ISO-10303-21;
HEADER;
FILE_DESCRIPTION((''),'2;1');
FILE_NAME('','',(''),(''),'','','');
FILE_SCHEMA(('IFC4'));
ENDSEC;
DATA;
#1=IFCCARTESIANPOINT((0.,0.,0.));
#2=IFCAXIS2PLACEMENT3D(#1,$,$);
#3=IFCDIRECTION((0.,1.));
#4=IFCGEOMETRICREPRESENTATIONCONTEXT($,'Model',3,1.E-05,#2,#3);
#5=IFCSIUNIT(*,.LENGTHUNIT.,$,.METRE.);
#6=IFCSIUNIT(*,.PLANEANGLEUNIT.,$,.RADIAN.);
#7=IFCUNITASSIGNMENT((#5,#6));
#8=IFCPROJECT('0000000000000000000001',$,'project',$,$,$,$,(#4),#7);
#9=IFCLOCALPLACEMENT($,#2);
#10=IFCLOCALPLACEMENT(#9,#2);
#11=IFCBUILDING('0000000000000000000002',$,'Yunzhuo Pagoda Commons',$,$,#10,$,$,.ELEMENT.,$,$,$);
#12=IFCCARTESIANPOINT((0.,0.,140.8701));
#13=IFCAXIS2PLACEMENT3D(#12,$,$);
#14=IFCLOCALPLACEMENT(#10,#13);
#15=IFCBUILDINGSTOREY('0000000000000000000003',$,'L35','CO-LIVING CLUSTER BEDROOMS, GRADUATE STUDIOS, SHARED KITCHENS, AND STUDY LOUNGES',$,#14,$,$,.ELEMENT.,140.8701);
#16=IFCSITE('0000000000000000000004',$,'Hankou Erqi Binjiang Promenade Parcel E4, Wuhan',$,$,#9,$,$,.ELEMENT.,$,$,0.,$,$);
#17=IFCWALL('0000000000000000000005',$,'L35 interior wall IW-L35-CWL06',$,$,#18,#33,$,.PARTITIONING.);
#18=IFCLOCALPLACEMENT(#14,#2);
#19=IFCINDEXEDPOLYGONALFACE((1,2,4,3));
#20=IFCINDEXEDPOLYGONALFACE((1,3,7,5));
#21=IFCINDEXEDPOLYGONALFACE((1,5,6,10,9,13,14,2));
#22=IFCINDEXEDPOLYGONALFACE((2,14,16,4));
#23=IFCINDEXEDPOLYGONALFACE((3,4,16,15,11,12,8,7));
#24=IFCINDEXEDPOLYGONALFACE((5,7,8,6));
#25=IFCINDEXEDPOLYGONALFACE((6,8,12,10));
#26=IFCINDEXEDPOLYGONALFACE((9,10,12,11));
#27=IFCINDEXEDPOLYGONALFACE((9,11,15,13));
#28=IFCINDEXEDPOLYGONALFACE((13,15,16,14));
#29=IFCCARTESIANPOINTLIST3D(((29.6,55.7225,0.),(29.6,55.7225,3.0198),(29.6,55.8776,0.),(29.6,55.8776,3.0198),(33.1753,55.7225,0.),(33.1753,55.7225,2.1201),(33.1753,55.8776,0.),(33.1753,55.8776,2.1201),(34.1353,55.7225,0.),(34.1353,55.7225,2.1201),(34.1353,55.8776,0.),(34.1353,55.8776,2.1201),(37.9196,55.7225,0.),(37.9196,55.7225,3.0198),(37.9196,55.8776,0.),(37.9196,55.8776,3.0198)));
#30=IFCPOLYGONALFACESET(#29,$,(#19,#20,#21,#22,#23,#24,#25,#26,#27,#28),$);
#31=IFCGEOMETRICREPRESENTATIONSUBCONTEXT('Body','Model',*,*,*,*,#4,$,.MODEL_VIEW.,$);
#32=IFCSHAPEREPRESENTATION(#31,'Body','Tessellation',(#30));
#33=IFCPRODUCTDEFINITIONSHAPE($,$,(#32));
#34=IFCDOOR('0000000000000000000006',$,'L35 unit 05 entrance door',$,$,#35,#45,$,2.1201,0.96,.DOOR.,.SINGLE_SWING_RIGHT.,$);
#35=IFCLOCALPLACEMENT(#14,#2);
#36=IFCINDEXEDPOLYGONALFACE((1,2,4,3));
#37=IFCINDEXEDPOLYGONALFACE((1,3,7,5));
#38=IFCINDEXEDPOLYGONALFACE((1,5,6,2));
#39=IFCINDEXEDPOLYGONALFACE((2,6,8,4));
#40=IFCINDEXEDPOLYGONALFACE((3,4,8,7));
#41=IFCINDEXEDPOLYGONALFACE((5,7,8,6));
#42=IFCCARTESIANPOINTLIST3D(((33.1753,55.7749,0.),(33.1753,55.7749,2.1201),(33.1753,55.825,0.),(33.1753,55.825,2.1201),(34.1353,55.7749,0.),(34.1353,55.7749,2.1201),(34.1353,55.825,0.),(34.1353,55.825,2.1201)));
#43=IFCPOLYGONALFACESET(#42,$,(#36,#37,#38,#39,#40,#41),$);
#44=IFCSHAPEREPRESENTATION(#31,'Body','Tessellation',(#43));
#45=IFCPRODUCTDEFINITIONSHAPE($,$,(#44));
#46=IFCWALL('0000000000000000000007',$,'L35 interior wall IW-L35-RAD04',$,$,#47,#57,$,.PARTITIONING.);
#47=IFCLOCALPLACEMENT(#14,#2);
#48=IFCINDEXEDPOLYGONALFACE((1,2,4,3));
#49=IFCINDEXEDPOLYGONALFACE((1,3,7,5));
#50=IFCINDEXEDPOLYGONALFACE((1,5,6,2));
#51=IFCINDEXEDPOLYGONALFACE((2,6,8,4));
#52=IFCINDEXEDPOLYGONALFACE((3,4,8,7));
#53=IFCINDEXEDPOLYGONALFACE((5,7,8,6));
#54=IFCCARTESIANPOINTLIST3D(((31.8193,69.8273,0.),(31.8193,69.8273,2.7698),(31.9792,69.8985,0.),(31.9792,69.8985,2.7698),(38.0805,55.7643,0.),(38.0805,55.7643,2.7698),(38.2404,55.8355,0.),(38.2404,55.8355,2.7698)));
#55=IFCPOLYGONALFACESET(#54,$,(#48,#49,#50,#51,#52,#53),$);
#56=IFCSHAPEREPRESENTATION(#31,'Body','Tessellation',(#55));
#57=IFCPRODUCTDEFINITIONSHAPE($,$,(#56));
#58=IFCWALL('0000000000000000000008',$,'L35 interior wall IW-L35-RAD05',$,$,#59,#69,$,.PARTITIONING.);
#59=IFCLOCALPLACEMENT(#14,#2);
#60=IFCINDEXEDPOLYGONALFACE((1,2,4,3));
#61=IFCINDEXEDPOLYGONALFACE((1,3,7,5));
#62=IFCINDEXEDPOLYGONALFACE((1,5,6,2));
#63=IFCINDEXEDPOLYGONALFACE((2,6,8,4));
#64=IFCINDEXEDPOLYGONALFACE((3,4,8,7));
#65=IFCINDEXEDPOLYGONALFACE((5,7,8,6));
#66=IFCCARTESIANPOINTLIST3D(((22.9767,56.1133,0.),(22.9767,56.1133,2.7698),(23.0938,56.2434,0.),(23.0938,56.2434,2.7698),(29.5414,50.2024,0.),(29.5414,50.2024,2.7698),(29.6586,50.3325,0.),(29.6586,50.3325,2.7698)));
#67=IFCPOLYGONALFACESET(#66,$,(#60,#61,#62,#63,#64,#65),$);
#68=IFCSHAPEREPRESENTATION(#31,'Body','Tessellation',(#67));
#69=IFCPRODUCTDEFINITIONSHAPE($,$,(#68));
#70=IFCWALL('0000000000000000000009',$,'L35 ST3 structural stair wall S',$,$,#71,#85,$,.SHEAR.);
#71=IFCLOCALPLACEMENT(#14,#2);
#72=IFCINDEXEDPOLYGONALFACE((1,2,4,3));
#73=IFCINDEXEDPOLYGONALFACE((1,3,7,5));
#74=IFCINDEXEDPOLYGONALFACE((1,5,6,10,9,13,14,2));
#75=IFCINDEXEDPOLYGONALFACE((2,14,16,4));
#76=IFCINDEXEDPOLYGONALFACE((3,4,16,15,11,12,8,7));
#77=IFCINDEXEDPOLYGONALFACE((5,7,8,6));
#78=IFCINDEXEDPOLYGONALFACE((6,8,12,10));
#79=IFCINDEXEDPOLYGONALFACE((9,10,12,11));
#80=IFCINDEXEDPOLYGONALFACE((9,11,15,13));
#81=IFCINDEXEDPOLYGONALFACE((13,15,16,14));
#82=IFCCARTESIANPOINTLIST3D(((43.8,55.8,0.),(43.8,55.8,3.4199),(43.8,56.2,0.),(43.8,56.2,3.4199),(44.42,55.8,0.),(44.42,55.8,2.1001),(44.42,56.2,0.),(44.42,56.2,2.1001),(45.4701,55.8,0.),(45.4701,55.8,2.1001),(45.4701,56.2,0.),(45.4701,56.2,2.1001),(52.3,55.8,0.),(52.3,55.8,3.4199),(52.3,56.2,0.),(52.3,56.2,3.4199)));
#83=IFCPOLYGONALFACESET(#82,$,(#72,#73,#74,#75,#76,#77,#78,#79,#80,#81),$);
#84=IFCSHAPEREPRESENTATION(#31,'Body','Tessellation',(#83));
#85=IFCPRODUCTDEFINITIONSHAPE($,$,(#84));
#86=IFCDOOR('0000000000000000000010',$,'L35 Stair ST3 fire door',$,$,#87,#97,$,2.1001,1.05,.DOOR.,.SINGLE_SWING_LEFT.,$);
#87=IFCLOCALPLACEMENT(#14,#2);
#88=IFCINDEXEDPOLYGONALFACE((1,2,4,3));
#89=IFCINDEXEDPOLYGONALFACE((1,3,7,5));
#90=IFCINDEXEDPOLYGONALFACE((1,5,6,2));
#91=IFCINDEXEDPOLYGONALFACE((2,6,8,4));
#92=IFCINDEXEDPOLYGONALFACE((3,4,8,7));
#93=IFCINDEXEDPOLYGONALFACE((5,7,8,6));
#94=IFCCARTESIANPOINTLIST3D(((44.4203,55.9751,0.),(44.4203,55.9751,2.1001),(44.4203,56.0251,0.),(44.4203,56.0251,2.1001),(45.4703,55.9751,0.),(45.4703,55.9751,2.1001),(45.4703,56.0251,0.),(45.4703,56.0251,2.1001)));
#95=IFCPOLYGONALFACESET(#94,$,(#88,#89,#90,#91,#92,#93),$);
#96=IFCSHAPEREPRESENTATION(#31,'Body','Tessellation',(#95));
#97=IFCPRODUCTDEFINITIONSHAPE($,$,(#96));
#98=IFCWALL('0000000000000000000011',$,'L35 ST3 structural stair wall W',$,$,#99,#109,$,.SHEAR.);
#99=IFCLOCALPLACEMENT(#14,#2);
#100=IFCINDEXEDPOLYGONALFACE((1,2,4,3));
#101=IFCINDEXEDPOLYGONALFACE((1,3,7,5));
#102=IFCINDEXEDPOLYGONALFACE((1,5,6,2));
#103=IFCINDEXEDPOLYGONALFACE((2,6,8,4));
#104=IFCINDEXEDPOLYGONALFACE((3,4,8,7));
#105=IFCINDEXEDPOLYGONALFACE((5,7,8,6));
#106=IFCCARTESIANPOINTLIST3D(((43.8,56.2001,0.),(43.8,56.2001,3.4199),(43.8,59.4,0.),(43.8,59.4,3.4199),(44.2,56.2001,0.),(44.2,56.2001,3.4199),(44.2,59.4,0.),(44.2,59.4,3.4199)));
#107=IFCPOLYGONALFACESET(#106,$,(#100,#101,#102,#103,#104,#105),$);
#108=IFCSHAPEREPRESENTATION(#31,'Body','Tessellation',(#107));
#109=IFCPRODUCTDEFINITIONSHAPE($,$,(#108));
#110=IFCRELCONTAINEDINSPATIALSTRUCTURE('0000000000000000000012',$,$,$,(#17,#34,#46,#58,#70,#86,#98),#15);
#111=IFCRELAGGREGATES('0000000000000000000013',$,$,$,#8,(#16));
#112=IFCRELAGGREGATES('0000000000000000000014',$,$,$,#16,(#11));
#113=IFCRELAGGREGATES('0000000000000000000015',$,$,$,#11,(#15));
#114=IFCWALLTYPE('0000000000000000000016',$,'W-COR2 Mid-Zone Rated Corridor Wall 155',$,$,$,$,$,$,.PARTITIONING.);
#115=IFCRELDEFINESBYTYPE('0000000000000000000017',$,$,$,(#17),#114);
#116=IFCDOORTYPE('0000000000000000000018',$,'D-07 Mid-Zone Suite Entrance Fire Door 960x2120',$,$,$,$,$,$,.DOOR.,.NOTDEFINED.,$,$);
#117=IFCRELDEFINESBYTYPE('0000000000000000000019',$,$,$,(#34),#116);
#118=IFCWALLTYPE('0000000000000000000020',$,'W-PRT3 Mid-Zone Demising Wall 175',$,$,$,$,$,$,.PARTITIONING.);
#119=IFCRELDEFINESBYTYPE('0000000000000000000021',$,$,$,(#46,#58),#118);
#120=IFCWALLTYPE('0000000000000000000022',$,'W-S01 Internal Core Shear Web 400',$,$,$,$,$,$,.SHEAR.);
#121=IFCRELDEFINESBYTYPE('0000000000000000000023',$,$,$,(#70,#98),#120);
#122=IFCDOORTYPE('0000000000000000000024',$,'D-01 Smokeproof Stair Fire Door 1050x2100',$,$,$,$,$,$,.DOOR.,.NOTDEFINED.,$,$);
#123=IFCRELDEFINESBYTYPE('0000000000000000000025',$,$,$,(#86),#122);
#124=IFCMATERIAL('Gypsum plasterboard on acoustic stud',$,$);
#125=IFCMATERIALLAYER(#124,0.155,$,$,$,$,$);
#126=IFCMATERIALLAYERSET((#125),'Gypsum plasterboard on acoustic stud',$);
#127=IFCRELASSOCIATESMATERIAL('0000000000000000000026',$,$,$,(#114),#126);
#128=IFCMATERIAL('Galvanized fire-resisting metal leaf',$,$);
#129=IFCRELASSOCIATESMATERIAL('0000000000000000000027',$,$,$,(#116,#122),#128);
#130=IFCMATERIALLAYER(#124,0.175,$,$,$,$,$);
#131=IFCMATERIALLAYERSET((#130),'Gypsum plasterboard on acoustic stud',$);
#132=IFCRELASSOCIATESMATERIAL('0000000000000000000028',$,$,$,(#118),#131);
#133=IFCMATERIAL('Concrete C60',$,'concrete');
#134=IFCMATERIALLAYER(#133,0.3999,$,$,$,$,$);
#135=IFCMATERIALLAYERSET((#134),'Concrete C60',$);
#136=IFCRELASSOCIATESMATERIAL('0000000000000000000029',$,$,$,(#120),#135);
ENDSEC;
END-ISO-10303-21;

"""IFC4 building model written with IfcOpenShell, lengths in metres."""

from ifc_helpers import new_model, si_unit, direction, frame, frame_2d, origin, origin_with_axes, place, context, subcontext, project, spatial, rectangle, extrude, source, transform, mapped, material, layer, layer_set, type_object, element, fill, save


model = new_model("IFC4")

# Units and contexts
model_context = context("Model", 3, precision=1e-05, world=origin(), true_north=direction((0.0, 1.0)))
body_context = subcontext(model_context, "Body", "Model", "MODEL_VIEW")
ifc_project = project(units=[si_unit("LENGTHUNIT", "METRE"), si_unit("PLANEANGLEUNIT", "RADIAN")], contexts=[model_context])

# Site, building, storey
site_placement = place(None, origin())
site = spatial("IfcSite", under=ifc_project, at=site_placement, Name="Hankou Erqi Binjiang Promenade Parcel E4, Wuhan", CompositionType="ELEMENT", RefElevation=0.0)
building_placement = place(site_placement, origin())
building = spatial("IfcBuilding", under=site, at=building_placement, Name="Yunzhuo Pagoda Commons", CompositionType="ELEMENT")
storey_placement = place(building_placement, frame((0.0, 0.0, 140.8701)))
storey = spatial("IfcBuildingStorey", under=building, at=storey_placement, Name="L35", Description="CO-LIVING CLUSTER BEDROOMS, GRADUATE STUDIOS, SHARED KITCHENS, AND STUDY LOUNGES", CompositionType="ELEMENT", Elevation=140.8701)

# Shared definitions
ifc_material_1 = material(Name="Gypsum plasterboard on acoustic stud")
ifc_layer_1 = layer(ifc_material_1, 0.155)
ifc_layer_set_1 = layer_set([ifc_layer_1], Name="Gypsum plasterboard on acoustic stud")
wall_type_1 = type_object("IfcWallType", Name="W-COR2 Mid-Zone Rated Corridor Wall 155", PredefinedType="PARTITIONING", material=ifc_layer_set_1)

# Wall, opening, door
wall_1_placement = place(storey_placement, frame((29.6001, 55.8, 0.0), z_axis=(0.0, 0.0, 1.0), x_axis=(1.0, 0.0, 0.0)))
wall_1 = element("IfcWall", 1, at=wall_1_placement, inside=storey, type_object=wall_type_1, Name="L35 interior wall IW-L35-CWL06", PredefinedType="PARTITIONING", context=body_context, shape_type="SweptSolid", body=[
    extrude(rectangle(XDim=8.3196, YDim=0.155, at=frame_2d((4.1597, 0.0))), origin(), (0.0, 0.0, 1.0), 3.0198),
])
opening_1_placement = place(wall_1_placement, frame((3.5752, 0.0, 0.0)))
opening_1 = element("IfcOpeningElement", 2, at=opening_1_placement, cuts=wall_1, PredefinedType="OPENING", context=body_context, shape_type="SweptSolid", body=[
    extrude(rectangle(XDim=0.96, YDim=2.1201, at=frame_2d((0.48, 1.0601))), frame((0.0, 0.0874, 0.0), z_axis=(0.0, -1.0, 0.0), x_axis=(1.0, 0.0, 0.0)), (0.0, 0.0, 1.0), 0.175),
])
ifc_material_2 = material(Name="Galvanized fire-resisting metal leaf")
door_type_1 = type_object("IfcDoorType", Name="D-07 Mid-Zone Suite Entrance Fire Door 960x2120", OperationType="NOTDEFINED", PredefinedType="DOOR", material=ifc_material_2)
shared_shape_1 = source(origin(), body_context, "Body", "SweptSolid", [
    extrude(rectangle(XDim=0.96, YDim=2.1201, at=frame_2d((0.48, 1.0601))), frame((0.0, 0.0249, 0.0), z_axis=(0.0, -1.0, 0.0), x_axis=(1.0, 0.0, 0.0)), (0.0, 0.0, 1.0), 0.05),
])
door_1_placement = place(opening_1_placement, origin_with_axes())
door_1 = element("IfcDoor", 3, at=door_1_placement, inside=storey, type_object=door_type_1, Name="L35 unit 05 entrance door", OperationType="SINGLE_SWING_RIGHT", OverallHeight=2.1201, OverallWidth=0.96, PredefinedType="DOOR", context=body_context, shape_type="MappedRepresentation", body=[
    mapped(shared_shape_1, transform((0.0, 0.0, 0.0), scale=1.0)),
])
fill(opening_1, door_1)

# Walls
ifc_layer_2 = layer(ifc_material_1, 0.175)
ifc_layer_set_2 = layer_set([ifc_layer_2], Name="Gypsum plasterboard on acoustic stud")
wall_type_2 = type_object("IfcWallType", Name="W-PRT3 Mid-Zone Demising Wall 175", PredefinedType="PARTITIONING", material=ifc_layer_set_2)
wall_2_placement = place(storey_placement, frame((38.1604, 55.8, 0.0), z_axis=(0.0, 0.0, 1.0), x_axis=(-0.406736, 0.913546, 0.0)))
element("IfcWall", 4, at=wall_2_placement, inside=storey, type_object=wall_type_2, Name="L35 interior wall IW-L35-RAD04", PredefinedType="PARTITIONING", context=body_context, shape_type="SweptSolid", body=[
    extrude(rectangle(XDim=15.3938, YDim=0.175, at=frame_2d((7.6968, 0.0))), origin(), (0.0, 0.0, 1.0), 2.7698),
])
wall_3_placement = place(storey_placement, frame((29.6001, 50.2673, 0.0), z_axis=(0.0, 0.0, 1.0), x_axis=(-0.743144, 0.669131, 0.0)))
element("IfcWall", 5, at=wall_3_placement, inside=storey, type_object=wall_type_2, Name="L35 interior wall IW-L35-RAD05", PredefinedType="PARTITIONING", context=body_context, shape_type="SweptSolid", body=[
    extrude(rectangle(XDim=8.8337, YDim=0.175, at=frame_2d((4.417, 0.0))), origin(), (0.0, 0.0, 1.0), 2.7698),
])

# Wall, opening, door
ifc_material_3 = material(Name="Concrete C60", Category="concrete")
ifc_layer_3 = layer(ifc_material_3, 0.3999)
ifc_layer_set_3 = layer_set([ifc_layer_3], Name="Concrete C60")
wall_type_3 = type_object("IfcWallType", Name="W-S01 Internal Core Shear Web 400", PredefinedType="SHEAR", material=ifc_layer_set_3)
wall_4_placement = place(storey_placement, frame((43.8, 56.0, 0.0), z_axis=(0.0, 0.0, 1.0), x_axis=(1.0, 0.0, 0.0)))
wall_4 = element("IfcWall", 6, at=wall_4_placement, inside=storey, type_object=wall_type_3, Name="L35 ST3 structural stair wall S", PredefinedType="SHEAR", context=body_context, shape_type="SweptSolid", body=[
    extrude(rectangle(XDim=8.5, YDim=0.3999, at=frame_2d((4.25, 0.0))), origin(), (0.0, 0.0, 1.0), 3.4199),
])
opening_2_placement = place(wall_4_placement, frame((0.6201, 0.0, 0.0)))
opening_2 = element("IfcOpeningElement", 7, at=opening_2_placement, cuts=wall_4, PredefinedType="OPENING", context=body_context, shape_type="SweptSolid", body=[
    extrude(rectangle(XDim=1.05, YDim=2.1001, at=frame_2d((0.5249, 1.05))), frame((0.0, 0.21, 0.0), z_axis=(0.0, -1.0, 0.0), x_axis=(1.0, 0.0, 0.0)), (0.0, 0.0, 1.0), 0.4199),
])
door_type_2 = type_object("IfcDoorType", Name="D-01 Smokeproof Stair Fire Door 1050x2100", OperationType="NOTDEFINED", PredefinedType="DOOR", material=ifc_material_2)
shared_shape_2 = source(origin(), body_context, "Body", "SweptSolid", [
    extrude(rectangle(XDim=1.05, YDim=2.1001, at=frame_2d((0.5249, 1.05))), frame((0.0, 0.0249, 0.0), z_axis=(0.0, -1.0, 0.0), x_axis=(1.0, 0.0, 0.0)), (0.0, 0.0, 1.0), 0.05),
])
door_2_placement = place(opening_2_placement, frame((1.05, 0.0, 0.0), z_axis=(0.0, 0.0, 1.0), x_axis=(-1.0, 0.0, 0.0)))
door_2 = element("IfcDoor", 8, at=door_2_placement, inside=storey, type_object=door_type_2, Name="L35 Stair ST3 fire door", OperationType="SINGLE_SWING_LEFT", OverallHeight=2.1001, OverallWidth=1.05, PredefinedType="DOOR", context=body_context, shape_type="MappedRepresentation", body=[
    mapped(shared_shape_2, transform((0.0, 0.0, 0.0), scale=1.0)),
])
fill(opening_2, door_2)

# Wall
wall_5_placement = place(storey_placement, frame((44.0, 56.2, 0.0), z_axis=(0.0, 0.0, 1.0), x_axis=(0.0, 1.0, 0.0)))
element("IfcWall", 9, at=wall_5_placement, inside=storey, type_object=wall_type_3, Name="L35 ST3 structural stair wall W", PredefinedType="SHEAR", context=body_context, shape_type="SweptSolid", body=[
    extrude(rectangle(XDim=3.2, YDim=0.3999, at=frame_2d((1.6001, 0.0))), origin(), (0.0, 0.0, 1.0), 3.4199),
])

save(model, "model.ifc")
